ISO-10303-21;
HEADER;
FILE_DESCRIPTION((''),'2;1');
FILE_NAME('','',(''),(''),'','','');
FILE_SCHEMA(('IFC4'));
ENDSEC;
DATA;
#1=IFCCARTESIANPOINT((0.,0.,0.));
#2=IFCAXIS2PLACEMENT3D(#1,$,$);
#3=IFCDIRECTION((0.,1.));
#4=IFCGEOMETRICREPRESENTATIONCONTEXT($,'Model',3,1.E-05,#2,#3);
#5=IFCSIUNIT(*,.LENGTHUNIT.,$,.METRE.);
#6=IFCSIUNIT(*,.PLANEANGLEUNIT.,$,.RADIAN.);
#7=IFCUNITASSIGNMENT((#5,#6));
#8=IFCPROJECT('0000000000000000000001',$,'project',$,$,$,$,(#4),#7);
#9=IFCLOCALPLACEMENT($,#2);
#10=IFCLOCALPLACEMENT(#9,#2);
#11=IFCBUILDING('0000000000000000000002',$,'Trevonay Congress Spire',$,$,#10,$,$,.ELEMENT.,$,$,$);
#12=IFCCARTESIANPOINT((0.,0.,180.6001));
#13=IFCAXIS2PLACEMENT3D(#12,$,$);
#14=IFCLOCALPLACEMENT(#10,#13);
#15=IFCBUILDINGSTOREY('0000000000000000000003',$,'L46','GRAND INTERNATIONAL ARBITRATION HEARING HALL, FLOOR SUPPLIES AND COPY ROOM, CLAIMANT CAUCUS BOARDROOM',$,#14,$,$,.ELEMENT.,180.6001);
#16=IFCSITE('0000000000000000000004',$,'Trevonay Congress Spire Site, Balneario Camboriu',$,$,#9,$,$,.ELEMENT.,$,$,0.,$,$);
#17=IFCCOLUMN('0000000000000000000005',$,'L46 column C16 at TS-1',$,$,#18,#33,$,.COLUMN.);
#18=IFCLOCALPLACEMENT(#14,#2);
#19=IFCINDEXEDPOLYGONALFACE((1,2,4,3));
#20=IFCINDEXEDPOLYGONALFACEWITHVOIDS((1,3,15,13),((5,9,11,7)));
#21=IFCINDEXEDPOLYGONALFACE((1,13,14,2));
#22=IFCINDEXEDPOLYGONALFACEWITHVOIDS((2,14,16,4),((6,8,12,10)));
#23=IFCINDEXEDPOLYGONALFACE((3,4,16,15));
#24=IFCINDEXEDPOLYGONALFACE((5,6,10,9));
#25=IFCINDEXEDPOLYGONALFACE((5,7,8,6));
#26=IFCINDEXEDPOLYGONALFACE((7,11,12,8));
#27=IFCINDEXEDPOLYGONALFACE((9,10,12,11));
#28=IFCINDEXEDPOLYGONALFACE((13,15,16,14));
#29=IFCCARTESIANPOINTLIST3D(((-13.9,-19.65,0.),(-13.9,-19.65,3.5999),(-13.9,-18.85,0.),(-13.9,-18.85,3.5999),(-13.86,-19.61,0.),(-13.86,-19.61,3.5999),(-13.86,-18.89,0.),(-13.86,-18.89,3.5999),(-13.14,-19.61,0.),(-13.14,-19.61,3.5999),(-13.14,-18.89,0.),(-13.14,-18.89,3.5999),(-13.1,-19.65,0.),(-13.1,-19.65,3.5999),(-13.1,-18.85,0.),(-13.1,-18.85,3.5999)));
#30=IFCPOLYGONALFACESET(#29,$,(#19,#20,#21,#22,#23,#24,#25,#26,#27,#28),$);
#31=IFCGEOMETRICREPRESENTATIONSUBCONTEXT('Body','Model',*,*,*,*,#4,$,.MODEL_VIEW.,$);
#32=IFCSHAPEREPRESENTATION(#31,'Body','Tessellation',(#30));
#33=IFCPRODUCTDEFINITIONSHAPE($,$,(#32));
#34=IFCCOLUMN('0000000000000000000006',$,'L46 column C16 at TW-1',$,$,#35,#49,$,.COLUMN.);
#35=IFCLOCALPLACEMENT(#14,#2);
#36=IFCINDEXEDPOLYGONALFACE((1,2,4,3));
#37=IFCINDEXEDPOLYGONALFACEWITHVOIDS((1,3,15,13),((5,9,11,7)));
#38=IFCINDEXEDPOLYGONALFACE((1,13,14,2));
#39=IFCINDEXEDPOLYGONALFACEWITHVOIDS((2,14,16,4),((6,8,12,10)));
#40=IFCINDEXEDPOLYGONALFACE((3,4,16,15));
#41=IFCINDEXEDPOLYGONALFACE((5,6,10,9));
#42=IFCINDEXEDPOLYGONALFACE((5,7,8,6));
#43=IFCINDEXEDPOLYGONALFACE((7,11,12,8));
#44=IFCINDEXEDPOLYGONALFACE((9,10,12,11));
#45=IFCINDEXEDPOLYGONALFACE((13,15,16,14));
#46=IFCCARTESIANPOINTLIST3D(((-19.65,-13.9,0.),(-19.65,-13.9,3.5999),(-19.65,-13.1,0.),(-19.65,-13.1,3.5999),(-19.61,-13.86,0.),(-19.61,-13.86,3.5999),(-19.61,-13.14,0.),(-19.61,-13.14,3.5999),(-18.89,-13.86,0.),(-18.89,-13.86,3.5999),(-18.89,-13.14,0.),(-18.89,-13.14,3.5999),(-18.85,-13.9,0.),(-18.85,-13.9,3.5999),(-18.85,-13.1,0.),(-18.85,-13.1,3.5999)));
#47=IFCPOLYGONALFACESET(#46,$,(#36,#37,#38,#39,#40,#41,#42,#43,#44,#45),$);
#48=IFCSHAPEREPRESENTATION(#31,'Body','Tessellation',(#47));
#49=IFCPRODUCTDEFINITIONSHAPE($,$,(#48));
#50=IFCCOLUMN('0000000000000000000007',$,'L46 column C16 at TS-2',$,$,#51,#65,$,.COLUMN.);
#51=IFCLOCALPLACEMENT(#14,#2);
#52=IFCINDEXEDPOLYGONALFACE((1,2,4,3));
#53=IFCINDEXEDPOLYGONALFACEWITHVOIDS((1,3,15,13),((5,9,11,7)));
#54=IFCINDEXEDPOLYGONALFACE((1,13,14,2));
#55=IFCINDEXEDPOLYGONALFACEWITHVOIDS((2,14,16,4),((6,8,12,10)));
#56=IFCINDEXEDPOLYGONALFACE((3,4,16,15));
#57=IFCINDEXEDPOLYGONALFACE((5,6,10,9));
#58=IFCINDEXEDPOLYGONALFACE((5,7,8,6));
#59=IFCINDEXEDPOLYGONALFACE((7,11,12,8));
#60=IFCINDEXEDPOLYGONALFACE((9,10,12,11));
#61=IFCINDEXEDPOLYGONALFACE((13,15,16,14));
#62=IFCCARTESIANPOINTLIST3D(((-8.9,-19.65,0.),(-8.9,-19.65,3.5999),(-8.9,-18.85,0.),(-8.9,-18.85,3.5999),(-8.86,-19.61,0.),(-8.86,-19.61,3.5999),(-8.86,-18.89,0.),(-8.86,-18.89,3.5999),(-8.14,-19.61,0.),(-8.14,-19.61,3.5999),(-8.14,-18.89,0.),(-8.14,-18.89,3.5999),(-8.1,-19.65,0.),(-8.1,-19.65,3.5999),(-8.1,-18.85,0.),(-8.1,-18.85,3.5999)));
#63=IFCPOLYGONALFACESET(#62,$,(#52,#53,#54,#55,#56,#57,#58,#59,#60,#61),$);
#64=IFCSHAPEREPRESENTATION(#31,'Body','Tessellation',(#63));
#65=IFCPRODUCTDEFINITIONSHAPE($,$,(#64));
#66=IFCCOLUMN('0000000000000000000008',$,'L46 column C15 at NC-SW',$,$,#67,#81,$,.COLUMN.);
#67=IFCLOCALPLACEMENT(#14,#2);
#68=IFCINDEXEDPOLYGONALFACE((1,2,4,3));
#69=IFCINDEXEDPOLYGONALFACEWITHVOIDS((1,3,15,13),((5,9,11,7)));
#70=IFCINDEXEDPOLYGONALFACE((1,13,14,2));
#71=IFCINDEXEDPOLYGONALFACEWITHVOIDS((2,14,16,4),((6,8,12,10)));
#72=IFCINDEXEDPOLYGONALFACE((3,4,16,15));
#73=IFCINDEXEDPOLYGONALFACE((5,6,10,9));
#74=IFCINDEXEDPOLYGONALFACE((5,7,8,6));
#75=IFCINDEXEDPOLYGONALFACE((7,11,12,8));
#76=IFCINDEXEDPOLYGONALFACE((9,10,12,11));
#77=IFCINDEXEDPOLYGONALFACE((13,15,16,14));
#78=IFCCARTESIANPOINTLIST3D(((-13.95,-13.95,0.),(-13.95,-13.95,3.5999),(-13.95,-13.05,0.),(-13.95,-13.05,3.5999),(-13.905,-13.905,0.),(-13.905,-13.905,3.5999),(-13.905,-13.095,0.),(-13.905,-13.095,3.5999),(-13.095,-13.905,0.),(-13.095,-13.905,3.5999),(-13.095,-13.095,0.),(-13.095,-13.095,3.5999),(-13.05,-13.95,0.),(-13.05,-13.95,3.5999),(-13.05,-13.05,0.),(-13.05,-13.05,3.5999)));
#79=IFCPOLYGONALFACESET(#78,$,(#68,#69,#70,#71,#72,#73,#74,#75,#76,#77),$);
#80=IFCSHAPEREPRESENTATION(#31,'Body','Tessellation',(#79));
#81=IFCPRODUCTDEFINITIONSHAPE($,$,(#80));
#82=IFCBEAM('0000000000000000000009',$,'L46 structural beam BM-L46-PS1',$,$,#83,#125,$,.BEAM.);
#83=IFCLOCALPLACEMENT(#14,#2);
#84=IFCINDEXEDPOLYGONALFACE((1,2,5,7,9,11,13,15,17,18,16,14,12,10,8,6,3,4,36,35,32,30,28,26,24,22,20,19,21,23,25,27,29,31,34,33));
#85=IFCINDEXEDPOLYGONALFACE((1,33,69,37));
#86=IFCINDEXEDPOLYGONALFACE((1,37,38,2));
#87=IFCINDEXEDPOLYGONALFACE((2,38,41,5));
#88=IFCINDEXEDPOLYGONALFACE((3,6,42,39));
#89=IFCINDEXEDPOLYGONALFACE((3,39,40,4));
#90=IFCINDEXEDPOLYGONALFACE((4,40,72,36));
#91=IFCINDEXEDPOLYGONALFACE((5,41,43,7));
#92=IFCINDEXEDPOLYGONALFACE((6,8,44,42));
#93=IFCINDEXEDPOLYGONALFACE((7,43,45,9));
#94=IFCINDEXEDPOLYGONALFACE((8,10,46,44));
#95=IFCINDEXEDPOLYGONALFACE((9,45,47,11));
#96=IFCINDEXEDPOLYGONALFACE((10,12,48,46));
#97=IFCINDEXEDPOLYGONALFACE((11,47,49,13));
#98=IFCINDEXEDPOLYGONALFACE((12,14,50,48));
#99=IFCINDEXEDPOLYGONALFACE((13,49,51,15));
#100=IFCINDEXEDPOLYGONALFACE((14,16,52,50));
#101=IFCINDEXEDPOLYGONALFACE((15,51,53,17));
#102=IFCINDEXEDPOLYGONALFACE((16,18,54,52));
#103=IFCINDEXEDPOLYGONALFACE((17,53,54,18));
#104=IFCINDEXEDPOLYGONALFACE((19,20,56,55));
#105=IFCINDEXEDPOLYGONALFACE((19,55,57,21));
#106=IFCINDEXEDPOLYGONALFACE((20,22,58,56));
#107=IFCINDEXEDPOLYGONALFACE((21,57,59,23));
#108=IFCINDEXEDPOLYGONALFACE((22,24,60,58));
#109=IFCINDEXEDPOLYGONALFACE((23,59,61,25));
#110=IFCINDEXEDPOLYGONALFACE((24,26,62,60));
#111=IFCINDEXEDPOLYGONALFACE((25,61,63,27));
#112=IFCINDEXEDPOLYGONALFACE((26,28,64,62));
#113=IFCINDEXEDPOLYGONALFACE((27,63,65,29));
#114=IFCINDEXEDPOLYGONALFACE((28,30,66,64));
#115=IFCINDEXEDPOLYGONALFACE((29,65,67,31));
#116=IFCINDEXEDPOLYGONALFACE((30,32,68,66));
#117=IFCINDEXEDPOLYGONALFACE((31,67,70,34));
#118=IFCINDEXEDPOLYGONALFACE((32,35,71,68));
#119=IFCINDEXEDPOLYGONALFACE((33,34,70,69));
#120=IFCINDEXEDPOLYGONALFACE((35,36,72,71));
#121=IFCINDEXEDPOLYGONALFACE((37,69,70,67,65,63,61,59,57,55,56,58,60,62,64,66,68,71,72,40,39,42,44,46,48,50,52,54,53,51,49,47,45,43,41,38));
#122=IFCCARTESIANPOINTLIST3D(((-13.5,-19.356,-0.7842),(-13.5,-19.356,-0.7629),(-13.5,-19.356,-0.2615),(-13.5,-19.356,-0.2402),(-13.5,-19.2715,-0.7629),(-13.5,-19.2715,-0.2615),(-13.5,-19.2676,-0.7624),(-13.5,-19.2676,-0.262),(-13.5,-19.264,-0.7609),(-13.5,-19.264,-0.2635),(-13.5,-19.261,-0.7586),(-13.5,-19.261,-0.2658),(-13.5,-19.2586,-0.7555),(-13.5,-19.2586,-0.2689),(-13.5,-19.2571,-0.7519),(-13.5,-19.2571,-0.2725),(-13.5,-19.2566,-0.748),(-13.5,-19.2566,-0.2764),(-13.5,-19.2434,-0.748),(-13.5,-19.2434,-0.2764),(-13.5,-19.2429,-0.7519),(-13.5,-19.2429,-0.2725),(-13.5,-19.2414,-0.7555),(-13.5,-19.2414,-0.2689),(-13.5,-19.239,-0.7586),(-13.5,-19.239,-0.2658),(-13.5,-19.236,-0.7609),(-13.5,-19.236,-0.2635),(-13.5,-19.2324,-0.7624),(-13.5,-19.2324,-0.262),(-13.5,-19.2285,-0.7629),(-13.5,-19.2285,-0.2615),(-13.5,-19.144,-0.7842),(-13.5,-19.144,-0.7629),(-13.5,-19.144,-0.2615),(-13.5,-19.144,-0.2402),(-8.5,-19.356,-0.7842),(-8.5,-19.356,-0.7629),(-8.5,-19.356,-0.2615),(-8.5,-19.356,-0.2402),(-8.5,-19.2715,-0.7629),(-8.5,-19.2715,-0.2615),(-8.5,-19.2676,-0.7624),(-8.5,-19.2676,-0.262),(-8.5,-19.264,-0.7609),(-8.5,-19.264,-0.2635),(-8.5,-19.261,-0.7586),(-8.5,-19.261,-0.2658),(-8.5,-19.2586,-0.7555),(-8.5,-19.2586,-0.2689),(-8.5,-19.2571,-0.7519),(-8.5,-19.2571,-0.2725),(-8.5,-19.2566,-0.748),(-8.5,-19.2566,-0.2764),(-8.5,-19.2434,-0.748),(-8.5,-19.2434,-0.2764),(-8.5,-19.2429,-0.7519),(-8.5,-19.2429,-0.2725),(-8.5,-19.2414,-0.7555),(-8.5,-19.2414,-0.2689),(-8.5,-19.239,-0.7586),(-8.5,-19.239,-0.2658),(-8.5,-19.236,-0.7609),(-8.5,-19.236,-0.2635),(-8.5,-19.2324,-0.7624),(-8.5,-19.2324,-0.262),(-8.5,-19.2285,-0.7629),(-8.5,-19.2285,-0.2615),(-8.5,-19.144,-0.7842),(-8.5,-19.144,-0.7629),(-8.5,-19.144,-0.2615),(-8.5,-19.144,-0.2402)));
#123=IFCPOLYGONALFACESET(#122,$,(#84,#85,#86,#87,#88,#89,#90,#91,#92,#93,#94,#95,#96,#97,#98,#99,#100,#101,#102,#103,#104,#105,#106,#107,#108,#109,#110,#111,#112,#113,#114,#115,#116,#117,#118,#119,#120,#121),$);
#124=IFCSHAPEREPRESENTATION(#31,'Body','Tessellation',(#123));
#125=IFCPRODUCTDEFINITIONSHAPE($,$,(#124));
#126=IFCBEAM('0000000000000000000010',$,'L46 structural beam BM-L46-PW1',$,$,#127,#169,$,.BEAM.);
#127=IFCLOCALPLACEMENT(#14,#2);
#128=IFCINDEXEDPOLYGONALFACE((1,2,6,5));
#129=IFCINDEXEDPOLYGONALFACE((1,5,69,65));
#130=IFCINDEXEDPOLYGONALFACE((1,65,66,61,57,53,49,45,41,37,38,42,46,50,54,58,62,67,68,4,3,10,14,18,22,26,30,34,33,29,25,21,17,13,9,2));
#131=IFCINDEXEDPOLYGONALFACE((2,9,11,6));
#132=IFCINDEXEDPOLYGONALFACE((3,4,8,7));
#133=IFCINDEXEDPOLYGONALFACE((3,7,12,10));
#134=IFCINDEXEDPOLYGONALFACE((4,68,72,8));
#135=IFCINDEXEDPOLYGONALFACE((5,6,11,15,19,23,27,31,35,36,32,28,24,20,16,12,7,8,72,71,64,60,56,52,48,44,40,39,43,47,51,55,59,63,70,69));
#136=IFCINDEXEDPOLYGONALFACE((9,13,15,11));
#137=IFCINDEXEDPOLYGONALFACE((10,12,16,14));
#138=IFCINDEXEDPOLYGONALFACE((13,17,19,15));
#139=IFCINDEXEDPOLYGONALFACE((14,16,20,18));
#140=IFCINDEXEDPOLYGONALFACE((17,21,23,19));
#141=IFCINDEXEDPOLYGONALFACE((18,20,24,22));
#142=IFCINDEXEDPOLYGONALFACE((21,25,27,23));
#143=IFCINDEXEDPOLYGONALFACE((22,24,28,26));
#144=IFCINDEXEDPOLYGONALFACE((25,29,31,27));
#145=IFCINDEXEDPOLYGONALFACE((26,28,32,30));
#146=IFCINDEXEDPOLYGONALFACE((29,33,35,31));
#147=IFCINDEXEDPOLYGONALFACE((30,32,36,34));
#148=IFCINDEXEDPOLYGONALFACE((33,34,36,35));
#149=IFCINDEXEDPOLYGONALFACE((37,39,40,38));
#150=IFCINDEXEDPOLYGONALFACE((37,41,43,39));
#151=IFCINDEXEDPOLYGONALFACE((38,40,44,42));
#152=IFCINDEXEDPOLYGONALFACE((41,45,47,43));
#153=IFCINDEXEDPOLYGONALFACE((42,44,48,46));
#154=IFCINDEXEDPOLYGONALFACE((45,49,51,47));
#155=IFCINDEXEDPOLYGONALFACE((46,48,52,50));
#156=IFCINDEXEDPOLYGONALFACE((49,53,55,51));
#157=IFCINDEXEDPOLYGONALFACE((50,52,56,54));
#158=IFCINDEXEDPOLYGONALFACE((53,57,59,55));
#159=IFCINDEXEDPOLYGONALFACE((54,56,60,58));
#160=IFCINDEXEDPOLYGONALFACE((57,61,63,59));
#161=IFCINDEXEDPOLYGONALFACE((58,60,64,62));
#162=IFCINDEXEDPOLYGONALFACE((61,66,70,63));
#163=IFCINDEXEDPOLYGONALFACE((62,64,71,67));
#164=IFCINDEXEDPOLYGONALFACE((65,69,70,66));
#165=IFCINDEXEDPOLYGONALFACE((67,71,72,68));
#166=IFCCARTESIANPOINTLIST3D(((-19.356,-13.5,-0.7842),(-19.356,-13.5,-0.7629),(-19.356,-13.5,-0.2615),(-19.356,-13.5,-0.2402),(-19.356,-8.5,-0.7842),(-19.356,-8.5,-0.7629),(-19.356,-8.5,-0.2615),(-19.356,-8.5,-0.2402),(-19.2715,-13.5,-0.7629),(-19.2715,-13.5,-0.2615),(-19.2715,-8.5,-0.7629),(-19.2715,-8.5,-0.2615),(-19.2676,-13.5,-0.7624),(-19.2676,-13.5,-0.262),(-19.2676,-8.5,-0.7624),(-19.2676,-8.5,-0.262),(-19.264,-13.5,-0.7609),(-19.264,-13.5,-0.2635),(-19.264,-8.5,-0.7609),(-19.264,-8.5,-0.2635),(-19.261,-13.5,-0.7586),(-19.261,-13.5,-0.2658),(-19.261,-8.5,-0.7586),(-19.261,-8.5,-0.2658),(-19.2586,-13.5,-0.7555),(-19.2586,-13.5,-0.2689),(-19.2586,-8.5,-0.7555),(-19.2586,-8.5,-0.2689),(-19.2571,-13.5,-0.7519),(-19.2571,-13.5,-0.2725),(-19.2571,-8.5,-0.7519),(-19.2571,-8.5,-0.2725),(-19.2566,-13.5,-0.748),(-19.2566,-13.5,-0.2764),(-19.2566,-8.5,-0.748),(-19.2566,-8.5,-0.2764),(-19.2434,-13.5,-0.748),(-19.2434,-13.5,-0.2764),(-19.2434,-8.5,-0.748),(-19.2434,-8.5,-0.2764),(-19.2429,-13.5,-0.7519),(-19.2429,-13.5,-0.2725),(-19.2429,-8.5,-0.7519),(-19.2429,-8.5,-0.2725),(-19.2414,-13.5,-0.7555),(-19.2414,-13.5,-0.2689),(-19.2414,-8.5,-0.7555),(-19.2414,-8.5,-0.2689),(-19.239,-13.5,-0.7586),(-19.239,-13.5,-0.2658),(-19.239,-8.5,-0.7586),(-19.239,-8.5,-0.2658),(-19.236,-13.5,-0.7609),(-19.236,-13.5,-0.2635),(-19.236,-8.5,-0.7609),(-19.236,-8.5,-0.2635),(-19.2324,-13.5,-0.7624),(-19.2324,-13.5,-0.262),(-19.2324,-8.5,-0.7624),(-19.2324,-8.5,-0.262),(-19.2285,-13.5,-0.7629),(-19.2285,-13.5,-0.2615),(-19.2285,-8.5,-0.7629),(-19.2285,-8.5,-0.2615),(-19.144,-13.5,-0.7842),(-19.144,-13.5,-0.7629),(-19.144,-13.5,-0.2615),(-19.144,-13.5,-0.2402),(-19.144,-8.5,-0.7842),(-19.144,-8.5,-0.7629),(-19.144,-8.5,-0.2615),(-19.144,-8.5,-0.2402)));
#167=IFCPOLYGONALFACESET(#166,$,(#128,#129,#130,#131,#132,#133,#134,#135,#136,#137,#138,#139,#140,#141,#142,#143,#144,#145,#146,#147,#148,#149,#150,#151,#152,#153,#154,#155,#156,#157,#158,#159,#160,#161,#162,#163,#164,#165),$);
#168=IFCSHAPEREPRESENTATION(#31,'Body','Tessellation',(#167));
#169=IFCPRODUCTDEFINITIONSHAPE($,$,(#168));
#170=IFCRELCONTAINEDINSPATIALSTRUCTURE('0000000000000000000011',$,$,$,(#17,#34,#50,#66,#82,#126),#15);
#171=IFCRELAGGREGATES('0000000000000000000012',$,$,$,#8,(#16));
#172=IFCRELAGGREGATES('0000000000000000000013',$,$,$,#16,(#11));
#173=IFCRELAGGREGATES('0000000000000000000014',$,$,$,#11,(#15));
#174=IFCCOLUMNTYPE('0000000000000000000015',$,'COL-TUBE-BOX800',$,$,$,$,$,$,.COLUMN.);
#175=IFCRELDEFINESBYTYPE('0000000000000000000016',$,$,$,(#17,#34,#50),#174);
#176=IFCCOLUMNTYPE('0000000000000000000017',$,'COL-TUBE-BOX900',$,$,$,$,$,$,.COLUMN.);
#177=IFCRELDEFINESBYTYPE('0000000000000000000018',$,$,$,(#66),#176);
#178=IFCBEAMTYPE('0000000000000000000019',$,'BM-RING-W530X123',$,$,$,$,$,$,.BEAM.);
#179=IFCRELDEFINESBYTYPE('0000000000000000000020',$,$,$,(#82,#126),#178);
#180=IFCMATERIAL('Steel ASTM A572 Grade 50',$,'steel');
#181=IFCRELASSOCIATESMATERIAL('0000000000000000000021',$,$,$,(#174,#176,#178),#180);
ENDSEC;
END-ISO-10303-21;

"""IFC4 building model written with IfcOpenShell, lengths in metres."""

from ifc_helpers import new_model, si_unit, direction, frame, origin, origin_2d, place, context, subcontext, project, spatial, hollow_rectangle, i_section, extrude, material, material_profile, profile_set, type_object, element, save


model = new_model("IFC4")

# Units and contexts
model_context = context("Model", 3, precision=1e-05, world=origin(), true_north=direction((0.0, 1.0)))
body_context = subcontext(model_context, "Body", "Model", "MODEL_VIEW")
ifc_project = project(units=[si_unit("LENGTHUNIT", "METRE"), si_unit("PLANEANGLEUNIT", "RADIAN")], contexts=[model_context])

# Site, building, storey
site_placement = place(None, origin())
site = spatial("IfcSite", under=ifc_project, at=site_placement, Name="Trevonay Congress Spire Site, Balneario Camboriu", CompositionType="ELEMENT", RefElevation=0.0)
building_placement = place(site_placement, origin())
building = spatial("IfcBuilding", under=site, at=building_placement, Name="Trevonay Congress Spire", CompositionType="ELEMENT")
storey_placement = place(building_placement, frame((0.0, 0.0, 180.6001)))
storey = spatial("IfcBuildingStorey", under=building, at=storey_placement, Name="L46", Description="GRAND INTERNATIONAL ARBITRATION HEARING HALL, FLOOR SUPPLIES AND COPY ROOM, CLAIMANT CAUCUS BOARDROOM", CompositionType="ELEMENT", Elevation=180.6001)

# Columns
ifc_material_1 = material(Name="Steel ASTM A572 Grade 50", Category="steel")
ifc_material_profile_1 = material_profile(ifc_material_1, hollow_rectangle(XDim=0.8, YDim=0.8, WallThickness=0.04, at=origin_2d()), Name="BOX 800x800x40")
ifc_profile_set_1 = profile_set([ifc_material_profile_1], Name="Steel ASTM A572 Grade 50")
column_type_1 = type_object("IfcColumnType", Name="COL-TUBE-BOX800", PredefinedType="COLUMN", material=ifc_profile_set_1)
for number, where, z_axis, x_axis, name in (
    (1, (-13.5, -19.25, 0.0), (0.0, 0.0, 1.0), (1.0, 0.0, 0.0), "L46 column C16 at TS-1"),
    (2, (-19.25, -13.5, 0.0), (0.0, 0.0, 1.0), (1.0, 0.0, 0.0), "L46 column C16 at TW-1"),
    (3, (-8.5, -19.25, 0.0), (0.0, 0.0, 1.0), (1.0, 0.0, 0.0), "L46 column C16 at TS-2"),
):
    element("IfcColumn", number, at=place(storey_placement, frame(where, z_axis=z_axis, x_axis=x_axis)), inside=storey, type_object=column_type_1, Name=name, PredefinedType="COLUMN", context=body_context, shape_type="SweptSolid", body=[
        extrude(hollow_rectangle(XDim=0.8, YDim=0.8, WallThickness=0.04, at=origin_2d()), origin(), (0.0, 0.0, 1.0), 3.5999),
    ])
ifc_material_profile_2 = material_profile(ifc_material_1, hollow_rectangle(XDim=0.8999, YDim=0.8999, WallThickness=0.0449, at=origin_2d()), Name="BOX 900x900x45")
ifc_profile_set_2 = profile_set([ifc_material_profile_2], Name="Steel ASTM A572 Grade 50")
column_type_2 = type_object("IfcColumnType", Name="COL-TUBE-BOX900", PredefinedType="COLUMN", material=ifc_profile_set_2)
column_placement = place(storey_placement, frame((-13.5, -13.5, 0.0), z_axis=(0.0, 0.0, 1.0), x_axis=(1.0, 0.0, 0.0)))
element("IfcColumn", 4, at=column_placement, inside=storey, type_object=column_type_2, Name="L46 column C15 at NC-SW", PredefinedType="COLUMN", context=body_context, shape_type="SweptSolid", body=[
    extrude(hollow_rectangle(XDim=0.8999, YDim=0.8999, WallThickness=0.0449, at=origin_2d()), origin(), (0.0, 0.0, 1.0), 3.5999),
])

# Beams
ifc_material_profile_3 = material_profile(ifc_material_1, i_section(OverallWidth=0.2119, OverallDepth=0.5439, WebThickness=0.0132, FlangeThickness=0.0212, FilletRadius=0.0149, at=origin_2d()), Name="W530x123")
ifc_profile_set_3 = profile_set([ifc_material_profile_3], Name="Steel ASTM A572 Grade 50")
beam_type = type_object("IfcBeamType", Name="BM-RING-W530X123", PredefinedType="BEAM", material=ifc_profile_set_3)
for number, where, z_axis, x_axis, name in (
    (5, (-13.5, -19.25, -0.5122), (1.0, 0.0, 0.0), (0.0, 1.0, 0.0), "L46 structural beam BM-L46-PS1"),
    (6, (-19.25, -13.5, -0.5122), (0.0, 1.0, 0.0), (-1.0, 0.0, 0.0), "L46 structural beam BM-L46-PW1"),
):
    element("IfcBeam", number, at=place(storey_placement, frame(where, z_axis=z_axis, x_axis=x_axis)), inside=storey, type_object=beam_type, Name=name, PredefinedType="BEAM", context=body_context, shape_type="SweptSolid", body=[
        extrude(i_section(OverallWidth=0.2119, OverallDepth=0.5439, WebThickness=0.0132, FlangeThickness=0.0212, FilletRadius=0.0149, at=origin_2d()), origin(), (0.0, 0.0, 1.0), 5.0),
    ])

save(model, "model.ifc")
